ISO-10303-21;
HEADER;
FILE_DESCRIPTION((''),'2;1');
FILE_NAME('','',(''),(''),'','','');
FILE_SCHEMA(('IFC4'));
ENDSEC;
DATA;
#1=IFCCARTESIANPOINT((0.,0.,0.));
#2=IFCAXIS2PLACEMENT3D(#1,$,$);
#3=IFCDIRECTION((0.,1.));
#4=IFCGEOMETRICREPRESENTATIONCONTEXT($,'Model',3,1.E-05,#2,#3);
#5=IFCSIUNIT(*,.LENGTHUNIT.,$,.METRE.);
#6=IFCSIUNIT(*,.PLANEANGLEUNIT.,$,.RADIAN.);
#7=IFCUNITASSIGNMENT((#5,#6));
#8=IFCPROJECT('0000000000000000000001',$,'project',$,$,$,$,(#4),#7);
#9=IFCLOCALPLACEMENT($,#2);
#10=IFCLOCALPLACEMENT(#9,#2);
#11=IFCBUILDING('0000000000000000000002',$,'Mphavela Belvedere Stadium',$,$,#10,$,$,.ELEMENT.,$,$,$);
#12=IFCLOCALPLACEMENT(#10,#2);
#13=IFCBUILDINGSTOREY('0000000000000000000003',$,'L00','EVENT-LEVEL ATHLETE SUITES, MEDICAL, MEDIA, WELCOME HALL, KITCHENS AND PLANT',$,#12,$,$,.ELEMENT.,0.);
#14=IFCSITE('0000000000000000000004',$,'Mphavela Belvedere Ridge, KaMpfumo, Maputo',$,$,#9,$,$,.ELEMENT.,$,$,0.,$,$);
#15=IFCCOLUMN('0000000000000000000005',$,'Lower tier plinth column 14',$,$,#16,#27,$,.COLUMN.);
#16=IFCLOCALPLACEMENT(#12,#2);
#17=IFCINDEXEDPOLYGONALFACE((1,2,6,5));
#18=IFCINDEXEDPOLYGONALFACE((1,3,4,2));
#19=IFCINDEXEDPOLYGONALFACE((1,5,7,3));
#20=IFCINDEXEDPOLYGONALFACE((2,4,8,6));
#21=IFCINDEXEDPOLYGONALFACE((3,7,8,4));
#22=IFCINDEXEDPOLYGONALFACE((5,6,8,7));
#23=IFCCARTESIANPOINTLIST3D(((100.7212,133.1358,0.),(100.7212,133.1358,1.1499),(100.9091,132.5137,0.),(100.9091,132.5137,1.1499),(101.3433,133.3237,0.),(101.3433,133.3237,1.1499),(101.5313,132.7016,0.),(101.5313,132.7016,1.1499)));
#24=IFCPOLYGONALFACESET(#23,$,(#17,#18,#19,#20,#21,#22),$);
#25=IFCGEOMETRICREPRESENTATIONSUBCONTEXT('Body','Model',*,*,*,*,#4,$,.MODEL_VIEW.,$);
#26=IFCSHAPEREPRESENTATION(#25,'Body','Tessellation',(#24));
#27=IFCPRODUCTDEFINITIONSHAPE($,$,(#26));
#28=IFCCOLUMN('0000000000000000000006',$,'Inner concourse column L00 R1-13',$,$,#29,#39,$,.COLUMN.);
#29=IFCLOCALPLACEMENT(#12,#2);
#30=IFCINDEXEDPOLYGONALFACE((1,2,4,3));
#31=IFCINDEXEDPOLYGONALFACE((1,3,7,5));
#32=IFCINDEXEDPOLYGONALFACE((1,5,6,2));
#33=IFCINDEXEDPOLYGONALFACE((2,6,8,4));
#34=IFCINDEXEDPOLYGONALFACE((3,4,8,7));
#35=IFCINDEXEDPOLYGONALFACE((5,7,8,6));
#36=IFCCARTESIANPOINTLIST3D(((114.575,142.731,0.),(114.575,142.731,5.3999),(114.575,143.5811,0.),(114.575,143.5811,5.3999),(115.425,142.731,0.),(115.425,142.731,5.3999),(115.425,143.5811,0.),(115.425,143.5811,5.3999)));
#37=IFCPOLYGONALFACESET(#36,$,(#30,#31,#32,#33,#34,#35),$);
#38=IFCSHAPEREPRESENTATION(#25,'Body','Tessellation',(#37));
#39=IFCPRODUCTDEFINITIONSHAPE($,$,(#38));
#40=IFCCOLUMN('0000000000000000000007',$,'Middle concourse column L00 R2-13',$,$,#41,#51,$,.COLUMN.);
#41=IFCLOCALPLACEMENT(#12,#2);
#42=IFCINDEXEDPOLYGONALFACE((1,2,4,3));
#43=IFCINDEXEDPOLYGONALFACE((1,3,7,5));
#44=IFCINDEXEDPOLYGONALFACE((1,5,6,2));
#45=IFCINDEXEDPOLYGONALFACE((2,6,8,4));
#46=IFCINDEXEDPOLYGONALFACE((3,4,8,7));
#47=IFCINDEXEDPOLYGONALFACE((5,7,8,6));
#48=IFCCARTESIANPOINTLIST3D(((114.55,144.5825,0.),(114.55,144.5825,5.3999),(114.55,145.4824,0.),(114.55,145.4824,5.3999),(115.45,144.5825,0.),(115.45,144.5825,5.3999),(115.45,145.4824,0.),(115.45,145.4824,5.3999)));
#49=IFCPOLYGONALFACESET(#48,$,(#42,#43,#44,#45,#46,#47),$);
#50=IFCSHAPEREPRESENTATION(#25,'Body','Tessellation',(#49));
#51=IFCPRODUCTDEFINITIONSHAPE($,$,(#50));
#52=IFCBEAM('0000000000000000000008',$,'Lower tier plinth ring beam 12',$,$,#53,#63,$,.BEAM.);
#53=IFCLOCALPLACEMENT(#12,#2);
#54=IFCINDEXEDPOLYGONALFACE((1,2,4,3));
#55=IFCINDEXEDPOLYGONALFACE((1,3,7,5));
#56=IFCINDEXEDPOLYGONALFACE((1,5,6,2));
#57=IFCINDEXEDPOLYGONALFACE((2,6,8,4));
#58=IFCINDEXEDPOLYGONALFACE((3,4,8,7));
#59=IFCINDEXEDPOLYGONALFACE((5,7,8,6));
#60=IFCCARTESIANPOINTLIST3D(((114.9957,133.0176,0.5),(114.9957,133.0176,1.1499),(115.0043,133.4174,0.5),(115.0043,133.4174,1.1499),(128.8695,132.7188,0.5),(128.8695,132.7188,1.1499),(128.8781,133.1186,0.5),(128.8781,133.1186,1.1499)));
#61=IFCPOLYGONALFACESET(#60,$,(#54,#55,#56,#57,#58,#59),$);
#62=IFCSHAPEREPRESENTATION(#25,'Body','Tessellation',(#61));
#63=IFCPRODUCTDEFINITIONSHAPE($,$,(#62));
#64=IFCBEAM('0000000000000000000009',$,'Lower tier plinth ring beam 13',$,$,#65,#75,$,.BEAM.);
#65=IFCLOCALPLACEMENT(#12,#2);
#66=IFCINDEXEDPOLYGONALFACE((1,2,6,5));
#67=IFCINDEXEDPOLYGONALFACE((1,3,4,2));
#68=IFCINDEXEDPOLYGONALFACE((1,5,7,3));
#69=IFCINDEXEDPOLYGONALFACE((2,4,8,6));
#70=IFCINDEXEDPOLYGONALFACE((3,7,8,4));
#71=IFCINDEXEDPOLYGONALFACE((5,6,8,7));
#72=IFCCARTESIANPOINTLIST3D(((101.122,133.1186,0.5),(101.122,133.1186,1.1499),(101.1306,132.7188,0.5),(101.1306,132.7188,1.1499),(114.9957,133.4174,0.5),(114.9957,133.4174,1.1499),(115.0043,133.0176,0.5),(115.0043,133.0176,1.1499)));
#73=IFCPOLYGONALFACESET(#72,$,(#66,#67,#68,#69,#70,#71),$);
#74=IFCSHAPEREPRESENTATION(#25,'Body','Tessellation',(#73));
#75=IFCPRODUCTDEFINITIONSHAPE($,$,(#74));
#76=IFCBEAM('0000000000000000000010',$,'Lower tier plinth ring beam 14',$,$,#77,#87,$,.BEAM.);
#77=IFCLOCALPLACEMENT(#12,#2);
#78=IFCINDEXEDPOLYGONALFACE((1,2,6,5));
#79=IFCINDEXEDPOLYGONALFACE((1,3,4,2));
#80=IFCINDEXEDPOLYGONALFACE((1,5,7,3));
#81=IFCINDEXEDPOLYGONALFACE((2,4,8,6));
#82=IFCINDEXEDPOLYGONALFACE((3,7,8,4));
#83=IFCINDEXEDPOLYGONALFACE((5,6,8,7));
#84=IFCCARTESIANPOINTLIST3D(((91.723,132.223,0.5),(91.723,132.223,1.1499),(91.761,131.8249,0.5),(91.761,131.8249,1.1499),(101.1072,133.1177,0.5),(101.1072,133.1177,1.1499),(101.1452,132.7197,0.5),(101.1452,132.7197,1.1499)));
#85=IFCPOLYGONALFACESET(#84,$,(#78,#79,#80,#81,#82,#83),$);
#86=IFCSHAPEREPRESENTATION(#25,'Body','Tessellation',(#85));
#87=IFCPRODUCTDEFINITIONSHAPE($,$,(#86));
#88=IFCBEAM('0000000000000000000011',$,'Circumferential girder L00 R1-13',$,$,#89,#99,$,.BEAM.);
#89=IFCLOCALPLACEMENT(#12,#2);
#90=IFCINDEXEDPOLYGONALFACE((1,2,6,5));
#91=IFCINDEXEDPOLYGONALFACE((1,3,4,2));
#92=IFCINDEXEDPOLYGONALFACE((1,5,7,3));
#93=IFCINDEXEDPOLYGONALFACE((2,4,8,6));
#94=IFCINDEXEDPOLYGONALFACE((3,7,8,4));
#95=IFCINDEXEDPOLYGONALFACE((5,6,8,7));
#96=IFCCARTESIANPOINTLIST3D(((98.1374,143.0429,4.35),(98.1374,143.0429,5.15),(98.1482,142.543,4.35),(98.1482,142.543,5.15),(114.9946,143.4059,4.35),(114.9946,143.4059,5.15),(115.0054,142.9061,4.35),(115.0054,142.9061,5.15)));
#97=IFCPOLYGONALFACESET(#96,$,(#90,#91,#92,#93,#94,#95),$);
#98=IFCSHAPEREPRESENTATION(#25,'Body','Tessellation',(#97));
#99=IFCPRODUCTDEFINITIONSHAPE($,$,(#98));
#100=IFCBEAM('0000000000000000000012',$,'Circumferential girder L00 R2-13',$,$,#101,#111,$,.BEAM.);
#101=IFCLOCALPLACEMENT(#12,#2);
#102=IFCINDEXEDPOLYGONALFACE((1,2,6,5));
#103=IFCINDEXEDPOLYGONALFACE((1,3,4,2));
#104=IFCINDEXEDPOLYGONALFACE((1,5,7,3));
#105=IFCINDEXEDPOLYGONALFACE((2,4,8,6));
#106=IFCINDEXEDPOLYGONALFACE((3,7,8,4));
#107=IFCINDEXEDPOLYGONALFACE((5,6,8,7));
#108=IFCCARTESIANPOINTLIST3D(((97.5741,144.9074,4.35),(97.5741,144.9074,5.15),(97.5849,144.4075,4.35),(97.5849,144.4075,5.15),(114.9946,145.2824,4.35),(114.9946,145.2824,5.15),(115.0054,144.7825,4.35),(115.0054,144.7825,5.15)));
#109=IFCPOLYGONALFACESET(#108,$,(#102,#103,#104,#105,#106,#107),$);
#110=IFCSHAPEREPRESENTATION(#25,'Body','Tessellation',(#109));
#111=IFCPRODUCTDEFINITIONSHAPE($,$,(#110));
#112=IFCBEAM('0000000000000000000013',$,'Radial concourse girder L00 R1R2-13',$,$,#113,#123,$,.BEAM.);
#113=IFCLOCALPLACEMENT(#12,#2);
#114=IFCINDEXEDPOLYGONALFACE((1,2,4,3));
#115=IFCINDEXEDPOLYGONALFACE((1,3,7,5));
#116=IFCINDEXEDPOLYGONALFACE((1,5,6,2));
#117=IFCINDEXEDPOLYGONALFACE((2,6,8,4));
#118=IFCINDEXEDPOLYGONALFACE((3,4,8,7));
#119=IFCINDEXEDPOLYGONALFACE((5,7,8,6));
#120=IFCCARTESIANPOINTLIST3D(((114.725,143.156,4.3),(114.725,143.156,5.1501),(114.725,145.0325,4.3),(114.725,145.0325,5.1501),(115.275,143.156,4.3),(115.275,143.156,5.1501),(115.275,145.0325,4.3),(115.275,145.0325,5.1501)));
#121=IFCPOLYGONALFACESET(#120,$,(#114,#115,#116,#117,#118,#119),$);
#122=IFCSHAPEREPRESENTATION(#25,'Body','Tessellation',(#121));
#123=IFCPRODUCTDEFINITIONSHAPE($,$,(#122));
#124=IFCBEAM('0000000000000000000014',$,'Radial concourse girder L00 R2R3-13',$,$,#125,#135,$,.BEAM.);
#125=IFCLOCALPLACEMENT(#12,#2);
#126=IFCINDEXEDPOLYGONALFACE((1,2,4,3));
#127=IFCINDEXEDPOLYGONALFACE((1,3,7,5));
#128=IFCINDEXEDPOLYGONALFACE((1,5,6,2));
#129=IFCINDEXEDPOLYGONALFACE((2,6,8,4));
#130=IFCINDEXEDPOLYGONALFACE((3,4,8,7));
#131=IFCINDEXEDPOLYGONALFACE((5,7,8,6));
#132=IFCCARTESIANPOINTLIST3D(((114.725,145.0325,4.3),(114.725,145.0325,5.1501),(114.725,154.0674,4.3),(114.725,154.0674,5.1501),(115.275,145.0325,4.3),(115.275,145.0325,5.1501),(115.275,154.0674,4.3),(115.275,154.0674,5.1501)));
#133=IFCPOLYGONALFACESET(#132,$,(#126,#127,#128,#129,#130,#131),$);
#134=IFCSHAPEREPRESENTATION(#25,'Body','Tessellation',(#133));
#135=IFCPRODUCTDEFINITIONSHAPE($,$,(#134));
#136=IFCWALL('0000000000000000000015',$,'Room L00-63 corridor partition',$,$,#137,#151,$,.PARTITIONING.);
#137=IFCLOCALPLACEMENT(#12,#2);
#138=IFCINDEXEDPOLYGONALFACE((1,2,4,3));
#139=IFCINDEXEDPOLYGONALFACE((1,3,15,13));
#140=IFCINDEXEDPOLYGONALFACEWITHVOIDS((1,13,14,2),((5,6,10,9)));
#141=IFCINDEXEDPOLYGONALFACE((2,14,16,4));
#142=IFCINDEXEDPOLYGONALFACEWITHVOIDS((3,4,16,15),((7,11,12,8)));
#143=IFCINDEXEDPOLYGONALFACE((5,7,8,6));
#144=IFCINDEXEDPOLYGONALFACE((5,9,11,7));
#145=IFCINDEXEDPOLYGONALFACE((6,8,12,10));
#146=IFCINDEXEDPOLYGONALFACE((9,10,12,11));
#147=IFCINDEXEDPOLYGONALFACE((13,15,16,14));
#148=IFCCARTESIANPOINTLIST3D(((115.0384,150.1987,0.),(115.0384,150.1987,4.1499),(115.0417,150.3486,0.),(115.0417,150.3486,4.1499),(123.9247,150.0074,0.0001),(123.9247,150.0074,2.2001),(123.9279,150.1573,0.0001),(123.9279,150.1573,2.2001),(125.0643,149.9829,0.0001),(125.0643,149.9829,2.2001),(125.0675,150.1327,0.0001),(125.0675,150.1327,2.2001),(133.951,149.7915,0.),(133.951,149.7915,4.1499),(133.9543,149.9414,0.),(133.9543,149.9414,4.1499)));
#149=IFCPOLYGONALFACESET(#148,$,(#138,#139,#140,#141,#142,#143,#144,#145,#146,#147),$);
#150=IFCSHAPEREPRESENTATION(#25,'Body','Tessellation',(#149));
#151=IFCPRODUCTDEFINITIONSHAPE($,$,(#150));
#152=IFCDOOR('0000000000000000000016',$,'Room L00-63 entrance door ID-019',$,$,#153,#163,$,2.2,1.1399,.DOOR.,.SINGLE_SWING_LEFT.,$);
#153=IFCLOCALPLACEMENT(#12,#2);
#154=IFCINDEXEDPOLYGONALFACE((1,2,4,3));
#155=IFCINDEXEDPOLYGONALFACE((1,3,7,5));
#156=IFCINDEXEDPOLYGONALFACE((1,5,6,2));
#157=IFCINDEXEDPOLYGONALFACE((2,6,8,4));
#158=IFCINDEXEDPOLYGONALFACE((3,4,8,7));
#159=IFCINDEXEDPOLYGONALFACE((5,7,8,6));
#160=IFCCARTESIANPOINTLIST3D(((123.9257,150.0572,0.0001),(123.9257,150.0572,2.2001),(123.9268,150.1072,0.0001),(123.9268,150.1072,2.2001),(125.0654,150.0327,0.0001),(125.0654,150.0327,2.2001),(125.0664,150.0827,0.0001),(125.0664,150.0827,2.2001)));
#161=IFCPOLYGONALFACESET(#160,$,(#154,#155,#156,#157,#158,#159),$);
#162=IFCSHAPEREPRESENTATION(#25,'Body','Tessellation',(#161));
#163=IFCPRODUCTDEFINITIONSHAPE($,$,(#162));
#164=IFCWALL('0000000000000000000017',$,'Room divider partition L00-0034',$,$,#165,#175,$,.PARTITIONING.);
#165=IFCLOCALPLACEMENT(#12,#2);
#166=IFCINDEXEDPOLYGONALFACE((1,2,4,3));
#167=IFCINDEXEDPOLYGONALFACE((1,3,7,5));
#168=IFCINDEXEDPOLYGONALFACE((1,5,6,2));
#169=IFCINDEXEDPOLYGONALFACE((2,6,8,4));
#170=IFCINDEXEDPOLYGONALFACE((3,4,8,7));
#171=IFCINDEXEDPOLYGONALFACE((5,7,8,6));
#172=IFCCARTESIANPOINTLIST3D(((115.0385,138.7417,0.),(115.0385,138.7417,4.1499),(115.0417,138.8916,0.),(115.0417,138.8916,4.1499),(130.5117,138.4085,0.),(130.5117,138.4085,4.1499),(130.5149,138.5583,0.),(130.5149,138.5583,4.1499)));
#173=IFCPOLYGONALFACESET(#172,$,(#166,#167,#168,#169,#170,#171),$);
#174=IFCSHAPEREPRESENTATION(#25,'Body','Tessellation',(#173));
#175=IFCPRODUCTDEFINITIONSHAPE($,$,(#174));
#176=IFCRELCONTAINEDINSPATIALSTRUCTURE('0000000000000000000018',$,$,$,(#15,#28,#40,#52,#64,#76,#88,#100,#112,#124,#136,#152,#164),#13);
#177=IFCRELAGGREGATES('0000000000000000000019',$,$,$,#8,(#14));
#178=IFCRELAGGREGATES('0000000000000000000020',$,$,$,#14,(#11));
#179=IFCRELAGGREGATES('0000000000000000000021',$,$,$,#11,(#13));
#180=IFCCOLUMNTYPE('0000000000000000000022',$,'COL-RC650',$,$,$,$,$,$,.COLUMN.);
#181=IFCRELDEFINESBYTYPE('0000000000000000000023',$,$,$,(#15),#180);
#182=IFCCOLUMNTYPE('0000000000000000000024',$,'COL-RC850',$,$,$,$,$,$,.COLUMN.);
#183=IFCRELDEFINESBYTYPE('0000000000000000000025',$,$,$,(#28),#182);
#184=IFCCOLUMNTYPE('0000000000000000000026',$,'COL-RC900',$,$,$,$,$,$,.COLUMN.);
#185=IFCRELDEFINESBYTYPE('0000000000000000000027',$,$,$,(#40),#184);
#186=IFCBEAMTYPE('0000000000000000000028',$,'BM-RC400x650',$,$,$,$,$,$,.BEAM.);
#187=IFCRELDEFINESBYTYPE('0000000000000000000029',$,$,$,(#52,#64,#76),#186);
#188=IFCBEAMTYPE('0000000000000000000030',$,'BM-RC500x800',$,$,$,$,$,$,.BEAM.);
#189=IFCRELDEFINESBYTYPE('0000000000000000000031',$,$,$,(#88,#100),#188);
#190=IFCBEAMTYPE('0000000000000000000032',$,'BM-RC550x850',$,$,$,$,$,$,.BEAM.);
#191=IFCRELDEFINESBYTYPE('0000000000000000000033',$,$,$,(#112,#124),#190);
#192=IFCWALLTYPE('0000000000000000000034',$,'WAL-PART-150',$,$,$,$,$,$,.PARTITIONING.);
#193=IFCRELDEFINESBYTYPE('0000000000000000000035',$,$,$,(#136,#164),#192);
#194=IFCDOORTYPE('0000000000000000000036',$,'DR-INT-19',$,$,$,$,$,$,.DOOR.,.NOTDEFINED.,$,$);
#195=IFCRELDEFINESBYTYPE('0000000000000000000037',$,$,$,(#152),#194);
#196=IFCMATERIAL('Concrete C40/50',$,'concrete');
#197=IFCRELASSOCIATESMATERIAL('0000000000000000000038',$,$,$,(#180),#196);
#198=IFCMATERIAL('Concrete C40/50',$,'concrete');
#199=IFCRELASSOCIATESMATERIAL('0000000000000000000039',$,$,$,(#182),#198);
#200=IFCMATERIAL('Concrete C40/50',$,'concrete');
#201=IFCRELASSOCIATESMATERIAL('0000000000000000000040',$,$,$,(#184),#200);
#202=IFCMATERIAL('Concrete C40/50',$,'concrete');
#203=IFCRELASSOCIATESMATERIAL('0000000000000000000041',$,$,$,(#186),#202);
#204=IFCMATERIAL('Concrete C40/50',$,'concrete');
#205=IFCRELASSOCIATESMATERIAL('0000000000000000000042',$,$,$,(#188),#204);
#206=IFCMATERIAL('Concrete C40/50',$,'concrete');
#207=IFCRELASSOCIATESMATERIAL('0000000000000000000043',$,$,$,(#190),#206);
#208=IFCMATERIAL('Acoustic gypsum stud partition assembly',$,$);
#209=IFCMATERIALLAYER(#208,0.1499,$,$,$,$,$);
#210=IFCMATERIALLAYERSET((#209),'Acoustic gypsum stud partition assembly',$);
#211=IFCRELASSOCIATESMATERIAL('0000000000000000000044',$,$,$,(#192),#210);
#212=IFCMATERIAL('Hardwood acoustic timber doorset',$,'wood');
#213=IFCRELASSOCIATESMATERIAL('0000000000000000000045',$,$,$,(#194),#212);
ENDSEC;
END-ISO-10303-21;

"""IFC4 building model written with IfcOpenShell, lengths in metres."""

from ifc_helpers import new_model, si_unit, direction, frame, frame_2d, origin, origin_2d, place, context, subcontext, project, spatial, rectangle, extrude, material, layer, layer_set, material_profile, profile_set, type_object, element, fill, save


model = new_model("IFC4")

# Units and contexts
model_context = context("Model", 3, precision=1e-05, world=origin(), true_north=direction((0.0, 1.0)))
body_context = subcontext(model_context, "Body", "Model", "MODEL_VIEW")
ifc_project = project(units=[si_unit("LENGTHUNIT", "METRE"), si_unit("PLANEANGLEUNIT", "RADIAN")], contexts=[model_context])

# Site, building, storey
site_placement = place(None, origin())
site = spatial("IfcSite", under=ifc_project, at=site_placement, Name="Mphavela Belvedere Ridge, KaMpfumo, Maputo", CompositionType="ELEMENT", RefElevation=0.0)
building_placement = place(site_placement, origin())
building = spatial("IfcBuilding", under=site, at=building_placement, Name="Mphavela Belvedere Stadium", CompositionType="ELEMENT")
storey_placement = place(building_placement, origin())
storey = spatial("IfcBuildingStorey", under=building, at=storey_placement, Name="L00", Description="EVENT-LEVEL ATHLETE SUITES, MEDICAL, MEDIA, WELCOME HALL, KITCHENS AND PLANT", CompositionType="ELEMENT", Elevation=0.0)

# Columns
ifc_material_1 = material(Name="Concrete C40/50", Category="concrete")
ifc_material_profile_1 = material_profile(ifc_material_1, rectangle(XDim=0.6499, YDim=0.6499, at=origin_2d()), Name="RC 650x650")
ifc_profile_set_1 = profile_set([ifc_material_profile_1], Name="Concrete C40/50")
column_type_1 = type_object("IfcColumnType", Name="COL-RC650", PredefinedType="COLUMN", material=ifc_profile_set_1)
for number, where, z_axis, x_axis, name in (
    (1, (101.1262, 132.9187, 0.0), (0.0, 0.0, 1.0), (-0.289199, 0.957269, 0.0), "Lower tier plinth column 14"),
):
    element("IfcColumn", number, at=place(storey_placement, frame(where, z_axis=z_axis, x_axis=x_axis)), inside=storey, type_object=column_type_1, Name=name, PredefinedType="COLUMN", context=body_context, shape_type="SweptSolid", body=[
        extrude(rectangle(XDim=0.6499, YDim=0.6499, at=origin_2d()), origin(), (0.0, 0.0, 1.0), 1.1499),
    ])
ifc_material_2 = material(Name="Concrete C40/50", Category="concrete")
ifc_material_profile_2 = material_profile(ifc_material_2, rectangle(XDim=0.8501, YDim=0.8501, at=origin_2d()), Name="RC 850x850")
ifc_profile_set_2 = profile_set([ifc_material_profile_2], Name="Concrete C40/50")
column_type_2 = type_object("IfcColumnType", Name="COL-RC850", PredefinedType="COLUMN", material=ifc_profile_set_2)
column_1_placement = place(storey_placement, frame((115.0, 143.156, 0.0), z_axis=(0.0, 0.0, 1.0), x_axis=(0.0, 1.0, 0.0)))
element("IfcColumn", 2, at=column_1_placement, inside=storey, type_object=column_type_2, Name="Inner concourse column L00 R1-13", PredefinedType="COLUMN", context=body_context, shape_type="SweptSolid", body=[
    extrude(rectangle(XDim=0.8501, YDim=0.8501, at=origin_2d()), origin(), (0.0, 0.0, 1.0), 5.3999),
])
ifc_material_3 = material(Name="Concrete C40/50", Category="concrete")
ifc_material_profile_3 = material_profile(ifc_material_3, rectangle(XDim=0.8999, YDim=0.8999, at=origin_2d()), Name="RC 900x900")
ifc_profile_set_3 = profile_set([ifc_material_profile_3], Name="Concrete C40/50")
column_type_3 = type_object("IfcColumnType", Name="COL-RC900", PredefinedType="COLUMN", material=ifc_profile_set_3)
column_2_placement = place(storey_placement, frame((115.0, 145.0325, 0.0), z_axis=(0.0, 0.0, 1.0), x_axis=(0.0, 1.0, 0.0)))
element("IfcColumn", 3, at=column_2_placement, inside=storey, type_object=column_type_3, Name="Middle concourse column L00 R2-13", PredefinedType="COLUMN", context=body_context, shape_type="SweptSolid", body=[
    extrude(rectangle(XDim=0.8999, YDim=0.8999, at=origin_2d()), origin(), (0.0, 0.0, 1.0), 5.3999),
])

# Beams
ifc_material_4 = material(Name="Concrete C40/50", Category="concrete")
ifc_material_profile_4 = material_profile(ifc_material_4, rectangle(XDim=0.3999, YDim=0.6499, at=origin_2d()), Name="RC 400x650")
ifc_profile_set_4 = profile_set([ifc_material_profile_4], Name="Concrete C40/50")
beam_type_1 = type_object("IfcBeamType", Name="BM-RC400x650", PredefinedType="BEAM", material=ifc_profile_set_4)
for number, where, z_axis, x_axis, name in (
    (4, (128.8738, 132.9187, 0.825), (-0.999768, 0.021534, 0.0), (-0.021534, -0.999768, 0.0), "Lower tier plinth ring beam 12"),
    (5, (115.0, 133.2175, 0.825), (-0.999768, -0.021534, 0.0), (0.021534, -0.999768, 0.0), "Lower tier plinth ring beam 13"),
):
    element("IfcBeam", number, at=place(storey_placement, frame(where, z_axis=z_axis, x_axis=x_axis)), inside=storey, type_object=beam_type_1, Name=name, PredefinedType="BEAM", context=body_context, shape_type="SweptSolid", body=[
        extrude(rectangle(XDim=0.3999, YDim=0.6499, at=origin_2d()), origin(), (0.0, 0.0, 1.0), 13.877),
    ])
beam_1_placement = place(storey_placement, frame((101.1262, 132.9187, 0.825), z_axis=(-0.995485, -0.094918, 0.0), x_axis=(0.094918, -0.995485, 0.0)))
element("IfcBeam", 6, at=beam_1_placement, inside=storey, type_object=beam_type_1, Name="Lower tier plinth ring beam 14", PredefinedType="BEAM", context=body_context, shape_type="SweptSolid", body=[
    extrude(rectangle(XDim=0.3999, YDim=0.6499, at=origin_2d()), origin(), (0.0, 0.0, 1.0), 9.4268),
])
ifc_material_5 = material(Name="Concrete C40/50", Category="concrete")
ifc_material_profile_5 = material_profile(ifc_material_5, rectangle(XDim=0.5, YDim=0.8, at=origin_2d()), Name="RC 500x800")
ifc_profile_set_5 = profile_set([ifc_material_profile_5], Name="Concrete C40/50")
beam_type_2 = type_object("IfcBeamType", Name="BM-RC500x800", PredefinedType="BEAM", material=ifc_profile_set_5)
beam_2_placement = place(storey_placement, frame((115.0, 143.156, 4.75), z_axis=(-0.999768, -0.021531, 0.0), x_axis=(0.021531, -0.999768, 0.0)))
element("IfcBeam", 7, at=beam_2_placement, inside=storey, type_object=beam_type_2, Name="Circumferential girder L00 R1-13", PredefinedType="BEAM", context=body_context, shape_type="SweptSolid", body=[
    extrude(rectangle(XDim=0.5, YDim=0.8, at=origin_2d()), origin(), (0.0, 0.0, 1.0), 16.8611),
])
beam_3_placement = place(storey_placement, frame((115.0, 145.0325, 4.75), z_axis=(-0.999768, -0.021521, 0.0), x_axis=(0.021521, -0.999768, 0.0)))
element("IfcBeam", 8, at=beam_3_placement, inside=storey, type_object=beam_type_2, Name="Circumferential girder L00 R2-13", PredefinedType="BEAM", context=body_context, shape_type="SweptSolid", body=[
    extrude(rectangle(XDim=0.5, YDim=0.8, at=origin_2d()), origin(), (0.0, 0.0, 1.0), 17.4246),
])
ifc_material_6 = material(Name="Concrete C40/50", Category="concrete")
ifc_material_profile_6 = material_profile(ifc_material_6, rectangle(XDim=0.55, YDim=0.8501, at=origin_2d()), Name="RC 550x850")
ifc_profile_set_6 = profile_set([ifc_material_profile_6], Name="Concrete C40/50")
beam_type_3 = type_object("IfcBeamType", Name="BM-RC550x850", PredefinedType="BEAM", material=ifc_profile_set_6)
beam_4_placement = place(storey_placement, frame((115.0, 143.156, 4.7251), z_axis=(0.0, 1.0, 0.0), x_axis=(-1.0, 0.0, 0.0)))
element("IfcBeam", 9, at=beam_4_placement, inside=storey, type_object=beam_type_3, Name="Radial concourse girder L00 R1R2-13", PredefinedType="BEAM", context=body_context, shape_type="SweptSolid", body=[
    extrude(rectangle(XDim=0.55, YDim=0.8501, at=origin_2d()), origin(), (0.0, 0.0, 1.0), 1.8765),
])
beam_5_placement = place(storey_placement, frame((115.0, 145.0325, 4.7251), z_axis=(0.0, 1.0, 0.0), x_axis=(-1.0, 0.0, 0.0)))
element("IfcBeam", 10, at=beam_5_placement, inside=storey, type_object=beam_type_3, Name="Radial concourse girder L00 R2R3-13", PredefinedType="BEAM", context=body_context, shape_type="SweptSolid", body=[
    extrude(rectangle(XDim=0.55, YDim=0.8501, at=origin_2d()), origin(), (0.0, 0.0, 1.0), 9.0349),
])

# Wall, opening, door
ifc_material_7 = material(Name="Acoustic gypsum stud partition assembly")
ifc_layer = layer(ifc_material_7, 0.1499)
ifc_layer_set = layer_set([ifc_layer], Name="Acoustic gypsum stud partition assembly")
wall_type = type_object("IfcWallType", Name="WAL-PART-150", PredefinedType="PARTITIONING", material=ifc_layer_set)
wall_1_placement = place(storey_placement, frame((115.04, 150.2737, 0.0), z_axis=(0.0, 0.0, 1.0), x_axis=(0.999768, -0.021527, 0.0)))
wall_1 = element("IfcWall", 11, at=wall_1_placement, inside=storey, type_object=wall_type, Name="Room L00-63 corridor partition", PredefinedType="PARTITIONING", context=body_context, shape_type="SweptSolid", body=[
    extrude(rectangle(XDim=18.917, YDim=0.1499, at=frame_2d((9.4585, 0.0))), origin(), (0.0, 0.0, 1.0), 4.1499),
])
opening_placement = place(wall_1_placement, frame((8.8884, 0.0, 0.0)))
opening = element("IfcOpeningElement", 12, at=opening_placement, cuts=wall_1, PredefinedType="OPENING", context=body_context, shape_type="SweptSolid", body=[
    extrude(rectangle(XDim=1.1399, YDim=2.2, at=frame_2d((0.5698, 1.1001))), frame((0.0, 0.085, 0.0), z_axis=(0.0, -1.0, 0.0), x_axis=(1.0, 0.0, 0.0)), (0.0, 0.0, 1.0), 0.1699),
])
ifc_material_8 = material(Name="Hardwood acoustic timber doorset", Category="wood")
door_type = type_object("IfcDoorType", Name="DR-INT-19", OperationType="NOTDEFINED", PredefinedType="DOOR", material=ifc_material_8)
door_placement = place(opening_placement, origin())
door = element("IfcDoor", 13, at=door_placement, inside=storey, type_object=door_type, Name="Room L00-63 entrance door ID-019", OperationType="SINGLE_SWING_LEFT", OverallHeight=2.2, OverallWidth=1.1399, PredefinedType="DOOR", context=body_context, shape_type="SweptSolid", body=[
    extrude(rectangle(XDim=1.1399, YDim=2.2, at=frame_2d((0.5698, 1.1001))), frame((0.0, 0.0249, 0.0), z_axis=(0.0, -1.0, 0.0), x_axis=(1.0, 0.0, 0.0)), (0.0, 0.0, 1.0), 0.05),
])
fill(opening, door)

# Wall
wall_2_placement = place(storey_placement, frame((130.5132, 138.4834, 0.0), z_axis=(0.0, 0.0, 1.0), x_axis=(-0.999768, 0.021532, 0.0)))
element("IfcWall", 14, at=wall_2_placement, inside=storey, type_object=wall_type, Name="Room divider partition L00-0034", PredefinedType="PARTITIONING", context=body_context, shape_type="SweptSolid", body=[
    extrude(rectangle(XDim=15.4768, YDim=0.1499, at=frame_2d((7.7383, 0.0))), origin(), (0.0, 0.0, 1.0), 4.1499),
])

save(model, "model.ifc")
